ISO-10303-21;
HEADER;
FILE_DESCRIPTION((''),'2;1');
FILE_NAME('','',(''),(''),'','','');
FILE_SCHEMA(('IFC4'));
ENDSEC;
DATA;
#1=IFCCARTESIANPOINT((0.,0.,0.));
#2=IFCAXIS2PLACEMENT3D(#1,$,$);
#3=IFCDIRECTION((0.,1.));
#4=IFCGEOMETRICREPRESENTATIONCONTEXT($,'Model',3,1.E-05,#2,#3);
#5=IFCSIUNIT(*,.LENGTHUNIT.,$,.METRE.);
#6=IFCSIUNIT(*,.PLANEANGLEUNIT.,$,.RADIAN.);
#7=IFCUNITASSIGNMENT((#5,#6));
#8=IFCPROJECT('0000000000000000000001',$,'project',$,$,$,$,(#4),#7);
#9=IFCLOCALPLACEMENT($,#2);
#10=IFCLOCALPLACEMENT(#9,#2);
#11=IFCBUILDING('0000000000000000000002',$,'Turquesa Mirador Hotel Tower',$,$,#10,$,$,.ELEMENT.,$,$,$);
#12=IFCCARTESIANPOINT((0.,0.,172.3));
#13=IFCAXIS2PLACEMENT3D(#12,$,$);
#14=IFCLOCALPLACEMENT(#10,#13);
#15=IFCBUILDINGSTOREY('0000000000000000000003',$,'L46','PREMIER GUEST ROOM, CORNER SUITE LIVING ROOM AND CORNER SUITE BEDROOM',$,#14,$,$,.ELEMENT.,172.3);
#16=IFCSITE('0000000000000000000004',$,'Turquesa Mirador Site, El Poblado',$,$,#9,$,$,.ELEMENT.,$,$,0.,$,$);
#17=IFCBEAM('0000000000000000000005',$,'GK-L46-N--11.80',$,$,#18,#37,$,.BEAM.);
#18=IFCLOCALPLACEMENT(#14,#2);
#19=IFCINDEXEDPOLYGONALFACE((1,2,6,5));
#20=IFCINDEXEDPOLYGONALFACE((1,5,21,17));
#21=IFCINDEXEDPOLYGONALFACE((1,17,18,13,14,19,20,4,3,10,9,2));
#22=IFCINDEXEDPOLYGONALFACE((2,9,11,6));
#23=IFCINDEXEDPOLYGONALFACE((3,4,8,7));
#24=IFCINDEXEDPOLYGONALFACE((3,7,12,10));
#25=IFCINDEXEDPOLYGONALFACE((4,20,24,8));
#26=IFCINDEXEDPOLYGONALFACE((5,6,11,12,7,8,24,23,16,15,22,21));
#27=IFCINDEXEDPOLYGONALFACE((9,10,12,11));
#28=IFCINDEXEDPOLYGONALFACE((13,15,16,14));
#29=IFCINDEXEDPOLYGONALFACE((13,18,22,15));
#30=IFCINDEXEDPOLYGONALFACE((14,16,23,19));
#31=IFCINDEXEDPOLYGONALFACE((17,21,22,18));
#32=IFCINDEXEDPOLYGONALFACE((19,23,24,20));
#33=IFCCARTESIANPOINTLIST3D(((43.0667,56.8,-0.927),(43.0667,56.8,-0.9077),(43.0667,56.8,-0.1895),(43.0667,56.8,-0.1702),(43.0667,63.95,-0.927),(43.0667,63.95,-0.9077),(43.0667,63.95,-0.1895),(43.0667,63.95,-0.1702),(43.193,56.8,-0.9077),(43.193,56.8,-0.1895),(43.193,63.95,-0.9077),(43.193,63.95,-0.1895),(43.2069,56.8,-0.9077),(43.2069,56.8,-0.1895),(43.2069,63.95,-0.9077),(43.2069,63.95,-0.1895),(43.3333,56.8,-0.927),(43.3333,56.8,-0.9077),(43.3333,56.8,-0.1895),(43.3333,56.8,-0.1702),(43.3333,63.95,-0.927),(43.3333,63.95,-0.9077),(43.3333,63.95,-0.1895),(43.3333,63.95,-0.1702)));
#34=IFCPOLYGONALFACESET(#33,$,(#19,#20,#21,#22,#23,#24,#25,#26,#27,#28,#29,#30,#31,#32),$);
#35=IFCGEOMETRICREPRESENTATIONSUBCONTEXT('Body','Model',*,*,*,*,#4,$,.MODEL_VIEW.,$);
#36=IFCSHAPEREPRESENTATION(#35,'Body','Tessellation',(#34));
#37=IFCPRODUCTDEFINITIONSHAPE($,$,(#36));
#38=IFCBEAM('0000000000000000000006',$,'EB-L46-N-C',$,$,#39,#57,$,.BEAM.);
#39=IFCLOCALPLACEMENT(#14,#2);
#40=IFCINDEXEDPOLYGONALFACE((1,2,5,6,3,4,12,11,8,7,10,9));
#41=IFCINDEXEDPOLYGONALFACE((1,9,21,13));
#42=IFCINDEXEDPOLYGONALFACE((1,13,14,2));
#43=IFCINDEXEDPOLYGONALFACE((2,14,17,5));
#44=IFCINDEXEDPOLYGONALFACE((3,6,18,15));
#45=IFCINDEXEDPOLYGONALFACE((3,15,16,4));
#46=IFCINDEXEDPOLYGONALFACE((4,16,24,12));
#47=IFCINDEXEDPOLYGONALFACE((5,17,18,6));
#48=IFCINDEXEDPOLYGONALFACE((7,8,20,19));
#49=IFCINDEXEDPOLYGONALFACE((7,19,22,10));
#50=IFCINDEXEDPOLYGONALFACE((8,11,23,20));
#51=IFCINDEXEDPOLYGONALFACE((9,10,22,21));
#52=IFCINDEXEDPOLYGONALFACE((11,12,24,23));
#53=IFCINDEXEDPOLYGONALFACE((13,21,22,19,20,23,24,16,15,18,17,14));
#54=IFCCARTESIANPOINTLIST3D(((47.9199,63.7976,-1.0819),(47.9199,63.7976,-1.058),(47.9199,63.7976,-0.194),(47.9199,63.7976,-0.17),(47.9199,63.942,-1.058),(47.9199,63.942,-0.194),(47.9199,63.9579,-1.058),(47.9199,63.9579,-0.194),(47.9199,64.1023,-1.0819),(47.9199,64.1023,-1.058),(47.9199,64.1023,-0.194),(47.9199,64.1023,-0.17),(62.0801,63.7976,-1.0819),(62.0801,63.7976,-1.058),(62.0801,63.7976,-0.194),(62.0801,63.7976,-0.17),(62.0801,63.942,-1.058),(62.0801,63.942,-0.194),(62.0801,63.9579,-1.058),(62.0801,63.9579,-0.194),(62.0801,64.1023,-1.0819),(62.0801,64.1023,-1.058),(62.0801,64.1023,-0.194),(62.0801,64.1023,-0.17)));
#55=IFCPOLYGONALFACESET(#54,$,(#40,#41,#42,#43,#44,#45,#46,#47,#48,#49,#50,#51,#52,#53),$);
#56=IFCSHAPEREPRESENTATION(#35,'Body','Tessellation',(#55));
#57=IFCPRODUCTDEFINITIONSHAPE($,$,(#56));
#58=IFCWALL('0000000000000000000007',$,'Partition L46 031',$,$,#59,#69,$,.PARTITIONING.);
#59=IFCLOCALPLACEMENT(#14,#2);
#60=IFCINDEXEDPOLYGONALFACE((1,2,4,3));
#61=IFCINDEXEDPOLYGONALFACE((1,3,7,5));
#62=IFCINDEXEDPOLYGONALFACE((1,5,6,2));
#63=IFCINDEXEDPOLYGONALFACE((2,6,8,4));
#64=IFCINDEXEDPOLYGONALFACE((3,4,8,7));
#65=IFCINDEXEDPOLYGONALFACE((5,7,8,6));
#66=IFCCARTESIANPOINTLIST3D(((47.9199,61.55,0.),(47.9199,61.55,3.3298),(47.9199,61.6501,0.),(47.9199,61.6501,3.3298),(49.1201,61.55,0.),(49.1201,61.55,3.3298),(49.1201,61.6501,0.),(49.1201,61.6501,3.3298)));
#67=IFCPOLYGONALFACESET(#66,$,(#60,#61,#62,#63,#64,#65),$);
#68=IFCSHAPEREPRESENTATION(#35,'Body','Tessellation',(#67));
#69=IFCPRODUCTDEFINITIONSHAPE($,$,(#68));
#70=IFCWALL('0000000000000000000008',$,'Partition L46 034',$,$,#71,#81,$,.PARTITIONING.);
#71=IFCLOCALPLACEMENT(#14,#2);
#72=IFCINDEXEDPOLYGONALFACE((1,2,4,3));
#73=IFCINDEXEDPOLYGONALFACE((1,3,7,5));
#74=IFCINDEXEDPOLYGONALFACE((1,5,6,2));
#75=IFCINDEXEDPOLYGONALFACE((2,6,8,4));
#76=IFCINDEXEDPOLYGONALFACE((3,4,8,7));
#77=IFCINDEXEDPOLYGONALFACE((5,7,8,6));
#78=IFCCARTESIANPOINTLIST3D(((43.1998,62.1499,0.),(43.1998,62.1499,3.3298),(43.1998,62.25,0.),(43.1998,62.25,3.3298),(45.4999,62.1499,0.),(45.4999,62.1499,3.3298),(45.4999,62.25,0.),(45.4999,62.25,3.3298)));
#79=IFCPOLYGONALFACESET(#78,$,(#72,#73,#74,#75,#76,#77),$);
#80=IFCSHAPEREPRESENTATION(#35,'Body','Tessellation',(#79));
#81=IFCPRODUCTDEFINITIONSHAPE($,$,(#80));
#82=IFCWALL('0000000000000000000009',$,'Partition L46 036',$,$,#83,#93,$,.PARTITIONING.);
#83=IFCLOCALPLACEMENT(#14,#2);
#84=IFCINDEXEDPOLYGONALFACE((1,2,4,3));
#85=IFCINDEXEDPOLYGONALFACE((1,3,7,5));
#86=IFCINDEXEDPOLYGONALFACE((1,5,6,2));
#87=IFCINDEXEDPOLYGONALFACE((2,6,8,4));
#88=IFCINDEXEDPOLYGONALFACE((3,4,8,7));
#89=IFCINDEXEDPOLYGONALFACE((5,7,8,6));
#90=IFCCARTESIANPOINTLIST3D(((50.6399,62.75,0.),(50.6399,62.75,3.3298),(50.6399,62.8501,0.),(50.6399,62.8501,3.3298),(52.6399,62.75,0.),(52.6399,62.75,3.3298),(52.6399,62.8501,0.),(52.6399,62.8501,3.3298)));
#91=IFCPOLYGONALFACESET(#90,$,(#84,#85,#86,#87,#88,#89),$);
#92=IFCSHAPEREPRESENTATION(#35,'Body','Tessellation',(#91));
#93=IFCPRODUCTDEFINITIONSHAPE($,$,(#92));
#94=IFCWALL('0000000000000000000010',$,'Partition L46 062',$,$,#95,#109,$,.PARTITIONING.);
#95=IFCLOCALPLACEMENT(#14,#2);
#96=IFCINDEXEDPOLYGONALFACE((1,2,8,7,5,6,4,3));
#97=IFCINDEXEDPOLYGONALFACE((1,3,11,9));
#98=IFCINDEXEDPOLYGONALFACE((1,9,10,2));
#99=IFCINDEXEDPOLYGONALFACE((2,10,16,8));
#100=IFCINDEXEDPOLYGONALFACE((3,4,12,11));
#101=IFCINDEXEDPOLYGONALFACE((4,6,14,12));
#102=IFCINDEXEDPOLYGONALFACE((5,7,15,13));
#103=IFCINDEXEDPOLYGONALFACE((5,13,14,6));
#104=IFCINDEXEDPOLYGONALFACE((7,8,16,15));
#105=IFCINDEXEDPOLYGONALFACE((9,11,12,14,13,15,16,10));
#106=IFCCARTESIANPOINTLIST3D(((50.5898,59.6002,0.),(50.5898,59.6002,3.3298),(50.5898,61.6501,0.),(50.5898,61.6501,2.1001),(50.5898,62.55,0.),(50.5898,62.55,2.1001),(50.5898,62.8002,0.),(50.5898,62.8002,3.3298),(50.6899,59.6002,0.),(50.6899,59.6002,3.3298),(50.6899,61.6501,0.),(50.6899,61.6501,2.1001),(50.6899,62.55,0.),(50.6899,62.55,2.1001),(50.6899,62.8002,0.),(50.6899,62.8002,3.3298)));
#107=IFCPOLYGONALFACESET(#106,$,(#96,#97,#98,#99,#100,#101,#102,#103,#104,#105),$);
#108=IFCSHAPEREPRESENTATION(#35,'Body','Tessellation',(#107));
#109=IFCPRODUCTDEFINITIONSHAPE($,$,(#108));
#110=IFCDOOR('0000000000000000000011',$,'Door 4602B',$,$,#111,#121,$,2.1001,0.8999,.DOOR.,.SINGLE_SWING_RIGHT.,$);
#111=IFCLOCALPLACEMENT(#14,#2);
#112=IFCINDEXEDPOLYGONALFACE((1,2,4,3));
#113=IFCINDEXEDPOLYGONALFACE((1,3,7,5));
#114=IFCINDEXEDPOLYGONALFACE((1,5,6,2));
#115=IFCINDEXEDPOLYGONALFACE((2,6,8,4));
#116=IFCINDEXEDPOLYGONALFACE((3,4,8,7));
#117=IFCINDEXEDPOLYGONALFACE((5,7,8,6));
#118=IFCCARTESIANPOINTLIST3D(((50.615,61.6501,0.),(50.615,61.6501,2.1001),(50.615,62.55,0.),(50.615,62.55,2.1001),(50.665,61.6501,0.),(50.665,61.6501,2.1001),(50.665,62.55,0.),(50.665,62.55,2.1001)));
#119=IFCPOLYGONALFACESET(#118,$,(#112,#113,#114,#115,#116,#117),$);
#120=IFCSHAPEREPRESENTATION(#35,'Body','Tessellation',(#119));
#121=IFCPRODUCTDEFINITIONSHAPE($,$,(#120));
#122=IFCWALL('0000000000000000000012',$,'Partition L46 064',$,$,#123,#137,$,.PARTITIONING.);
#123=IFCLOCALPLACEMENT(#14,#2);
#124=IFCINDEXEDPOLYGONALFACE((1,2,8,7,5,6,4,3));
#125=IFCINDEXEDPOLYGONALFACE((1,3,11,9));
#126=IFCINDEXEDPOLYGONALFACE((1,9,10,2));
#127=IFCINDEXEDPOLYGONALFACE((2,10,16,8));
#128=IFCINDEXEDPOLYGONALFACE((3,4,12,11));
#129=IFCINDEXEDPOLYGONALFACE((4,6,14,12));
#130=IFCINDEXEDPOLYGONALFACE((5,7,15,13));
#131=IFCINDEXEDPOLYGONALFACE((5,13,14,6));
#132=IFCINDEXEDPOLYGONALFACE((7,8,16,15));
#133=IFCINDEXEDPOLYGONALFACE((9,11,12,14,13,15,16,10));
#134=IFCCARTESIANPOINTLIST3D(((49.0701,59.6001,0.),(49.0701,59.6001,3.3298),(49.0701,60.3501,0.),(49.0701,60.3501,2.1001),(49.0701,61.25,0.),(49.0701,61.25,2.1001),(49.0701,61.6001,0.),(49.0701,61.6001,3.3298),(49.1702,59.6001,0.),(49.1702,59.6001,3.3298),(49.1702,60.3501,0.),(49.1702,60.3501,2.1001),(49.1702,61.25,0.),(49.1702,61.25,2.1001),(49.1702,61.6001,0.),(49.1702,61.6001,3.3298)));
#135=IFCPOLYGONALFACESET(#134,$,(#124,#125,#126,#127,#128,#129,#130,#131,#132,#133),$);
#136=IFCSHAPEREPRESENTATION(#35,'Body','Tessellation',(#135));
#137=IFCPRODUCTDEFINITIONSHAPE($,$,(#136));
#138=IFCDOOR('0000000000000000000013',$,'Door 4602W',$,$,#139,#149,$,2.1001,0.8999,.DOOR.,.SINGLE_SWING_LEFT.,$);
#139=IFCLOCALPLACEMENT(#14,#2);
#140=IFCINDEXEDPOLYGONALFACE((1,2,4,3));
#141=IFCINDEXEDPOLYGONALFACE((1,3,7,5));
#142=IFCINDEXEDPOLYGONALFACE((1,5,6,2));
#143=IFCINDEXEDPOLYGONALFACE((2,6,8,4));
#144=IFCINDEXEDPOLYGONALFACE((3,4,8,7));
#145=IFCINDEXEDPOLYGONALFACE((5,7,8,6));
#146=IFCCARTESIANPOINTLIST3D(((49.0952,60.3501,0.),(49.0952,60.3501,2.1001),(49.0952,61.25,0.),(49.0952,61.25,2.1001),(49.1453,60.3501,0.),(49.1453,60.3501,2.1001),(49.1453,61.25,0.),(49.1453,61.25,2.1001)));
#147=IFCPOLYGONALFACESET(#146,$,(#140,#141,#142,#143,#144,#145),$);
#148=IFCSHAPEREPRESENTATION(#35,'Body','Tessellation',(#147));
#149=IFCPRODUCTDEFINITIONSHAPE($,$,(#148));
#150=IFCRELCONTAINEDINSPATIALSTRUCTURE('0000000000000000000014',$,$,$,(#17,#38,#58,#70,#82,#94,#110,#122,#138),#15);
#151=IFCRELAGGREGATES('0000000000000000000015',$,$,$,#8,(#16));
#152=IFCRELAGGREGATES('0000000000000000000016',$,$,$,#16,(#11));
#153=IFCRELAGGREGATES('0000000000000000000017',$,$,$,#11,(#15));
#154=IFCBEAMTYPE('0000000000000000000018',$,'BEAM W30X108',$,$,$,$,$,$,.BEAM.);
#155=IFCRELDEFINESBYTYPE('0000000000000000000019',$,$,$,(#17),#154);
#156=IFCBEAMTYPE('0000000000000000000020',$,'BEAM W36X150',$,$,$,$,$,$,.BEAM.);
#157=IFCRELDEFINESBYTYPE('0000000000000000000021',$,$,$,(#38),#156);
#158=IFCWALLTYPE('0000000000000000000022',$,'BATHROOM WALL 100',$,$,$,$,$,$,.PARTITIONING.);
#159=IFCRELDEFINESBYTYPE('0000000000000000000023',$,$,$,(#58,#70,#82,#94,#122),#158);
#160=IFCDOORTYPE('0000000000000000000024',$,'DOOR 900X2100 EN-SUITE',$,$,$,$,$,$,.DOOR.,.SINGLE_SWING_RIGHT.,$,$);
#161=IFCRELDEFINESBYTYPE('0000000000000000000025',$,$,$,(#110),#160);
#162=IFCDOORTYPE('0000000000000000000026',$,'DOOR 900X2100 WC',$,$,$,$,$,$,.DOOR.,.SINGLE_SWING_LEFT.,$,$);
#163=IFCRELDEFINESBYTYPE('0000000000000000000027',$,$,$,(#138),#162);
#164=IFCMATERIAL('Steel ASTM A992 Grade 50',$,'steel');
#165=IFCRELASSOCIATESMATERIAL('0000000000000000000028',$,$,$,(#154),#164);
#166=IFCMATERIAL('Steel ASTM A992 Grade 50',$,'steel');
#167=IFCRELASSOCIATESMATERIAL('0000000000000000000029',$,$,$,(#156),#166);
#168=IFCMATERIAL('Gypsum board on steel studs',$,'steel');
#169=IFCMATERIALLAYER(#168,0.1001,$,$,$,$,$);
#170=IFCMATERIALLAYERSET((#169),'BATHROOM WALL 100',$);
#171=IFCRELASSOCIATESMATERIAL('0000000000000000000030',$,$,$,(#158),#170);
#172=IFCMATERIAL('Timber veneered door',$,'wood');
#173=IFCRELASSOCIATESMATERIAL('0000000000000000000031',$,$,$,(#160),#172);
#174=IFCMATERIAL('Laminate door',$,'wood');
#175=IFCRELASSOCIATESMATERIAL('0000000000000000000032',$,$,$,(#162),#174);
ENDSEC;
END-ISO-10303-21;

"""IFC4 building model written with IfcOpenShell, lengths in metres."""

from ifc_helpers import new_model, si_unit, direction, frame, frame_2d, origin, origin_2d, place, context, subcontext, project, spatial, rectangle, i_section, extrude, material, layer, layer_set, material_profile, profile_set, type_object, element, fill, save


model = new_model("IFC4")

# Units and contexts
model_context = context("Model", 3, precision=1e-05, world=origin(), true_north=direction((0.0, 1.0)))
body_context = subcontext(model_context, "Body", "Model", "MODEL_VIEW")
ifc_project = project(units=[si_unit("LENGTHUNIT", "METRE"), si_unit("PLANEANGLEUNIT", "RADIAN")], contexts=[model_context])

# Site, building, storey
site_placement = place(None, origin())
site = spatial("IfcSite", under=ifc_project, at=site_placement, Name="Turquesa Mirador Site, El Poblado", CompositionType="ELEMENT", RefElevation=0.0)
building_placement = place(site_placement, origin())
building = spatial("IfcBuilding", under=site, at=building_placement, Name="Turquesa Mirador Hotel Tower", CompositionType="ELEMENT")
storey_placement = place(building_placement, frame((0.0, 0.0, 172.3)))
storey = spatial("IfcBuildingStorey", under=building, at=storey_placement, Name="L46", Description="PREMIER GUEST ROOM, CORNER SUITE LIVING ROOM AND CORNER SUITE BEDROOM", CompositionType="ELEMENT", Elevation=172.3)

# Beams
ifc_material_1 = material(Name="Steel ASTM A992 Grade 50", Category="steel")
ifc_material_profile_1 = material_profile(ifc_material_1, i_section(OverallWidth=0.2666, OverallDepth=0.7568, WebThickness=0.0139, FlangeThickness=0.0193, at=origin_2d()), Name="W30X108")
ifc_profile_set_1 = profile_set([ifc_material_profile_1], Name="Steel ASTM A992 Grade 50")
beam_type_1 = type_object("IfcBeamType", Name="BEAM W30X108", PredefinedType="BEAM", material=ifc_profile_set_1)
beam_1_placement = place(storey_placement, frame((43.2, 63.95, -0.5486), z_axis=(0.0, -1.0, 0.0), x_axis=(1.0, 0.0, 0.0)))
element("IfcBeam", 1, at=beam_1_placement, inside=storey, type_object=beam_type_1, Name="GK-L46-N--11.80", PredefinedType="BEAM", context=body_context, shape_type="SweptSolid", body=[
    extrude(i_section(OverallWidth=0.2666, OverallDepth=0.7568, WebThickness=0.0139, FlangeThickness=0.0193, at=origin_2d()), origin(), (0.0, 0.0, 1.0), 7.1499),
])
ifc_material_2 = material(Name="Steel ASTM A992 Grade 50", Category="steel")
ifc_material_profile_2 = material_profile(ifc_material_2, i_section(OverallWidth=0.3047, OverallDepth=0.9119, WebThickness=0.0159, FlangeThickness=0.0239, at=origin_2d()), Name="W36X150")
ifc_profile_set_2 = profile_set([ifc_material_profile_2], Name="Steel ASTM A992 Grade 50")
beam_type_2 = type_object("IfcBeamType", Name="BEAM W36X150", PredefinedType="BEAM", material=ifc_profile_set_2)
beam_2_placement = place(storey_placement, frame((47.9199, 63.95, -0.626), z_axis=(1.0, 0.0, 0.0), x_axis=(0.0, 1.0, 0.0)))
element("IfcBeam", 2, at=beam_2_placement, inside=storey, type_object=beam_type_2, Name="EB-L46-N-C", PredefinedType="BEAM", context=body_context, shape_type="SweptSolid", body=[
    extrude(i_section(OverallWidth=0.3047, OverallDepth=0.9119, WebThickness=0.0159, FlangeThickness=0.0239, at=origin_2d()), origin(), (0.0, 0.0, 1.0), 14.1602),
])

# Walls
ifc_material_3 = material(Name="Gypsum board on steel studs", Category="steel")
ifc_layer_1 = layer(ifc_material_3, 0.1001)
ifc_layer_set_1 = layer_set([ifc_layer_1], Name="BATHROOM WALL 100")
wall_type_1 = type_object("IfcWallType", Name="BATHROOM WALL 100", PredefinedType="PARTITIONING", material=ifc_layer_set_1)
wall_1_placement = place(storey_placement, frame((47.9199, 61.6001, 0.0), z_axis=(0.0, 0.0, 1.0), x_axis=(1.0, 0.0, 0.0)))
element("IfcWall", 3, at=wall_1_placement, inside=storey, type_object=wall_type_1, Name="Partition L46 031", PredefinedType="PARTITIONING", context=body_context, shape_type="SweptSolid", body=[
    extrude(rectangle(XDim=1.2002, YDim=0.1001, at=frame_2d((0.6001, 0.0))), origin(), (0.0, 0.0, 1.0), 3.3298),
])
wall_2_placement = place(storey_placement, frame((43.2, 62.2, 0.0), z_axis=(0.0, 0.0, 1.0), x_axis=(1.0, 0.0, 0.0)))
element("IfcWall", 4, at=wall_2_placement, inside=storey, type_object=wall_type_1, Name="Partition L46 034", PredefinedType="PARTITIONING", context=body_context, shape_type="SweptSolid", body=[
    extrude(rectangle(XDim=2.3, YDim=0.1001, at=frame_2d((1.1499, 0.0))), origin(), (0.0, 0.0, 1.0), 3.3298),
])
wall_3_placement = place(storey_placement, frame((50.6399, 62.8, 0.0), z_axis=(0.0, 0.0, 1.0), x_axis=(1.0, 0.0, 0.0)))
element("IfcWall", 5, at=wall_3_placement, inside=storey, type_object=wall_type_1, Name="Partition L46 036", PredefinedType="PARTITIONING", context=body_context, shape_type="SweptSolid", body=[
    extrude(rectangle(XDim=2.0, YDim=0.1001, at=frame_2d((1.0, 0.0))), origin(), (0.0, 0.0, 1.0), 3.3298),
])

# Walls, openings, doors
wall_4_placement = place(storey_placement, frame((50.6399, 59.6001, 0.0), z_axis=(0.0, 0.0, 1.0), x_axis=(0.0, 1.0, 0.0)))
wall_4 = element("IfcWall", 6, at=wall_4_placement, inside=storey, type_object=wall_type_1, Name="Partition L46 062", PredefinedType="PARTITIONING", context=body_context, shape_type="SweptSolid", body=[
    extrude(rectangle(XDim=3.2, YDim=0.1001, at=frame_2d((1.6001, 0.0))), origin(), (0.0, 0.0, 1.0), 3.3298),
])
opening_1_placement = place(wall_4_placement, frame((2.05, 0.0, 0.0)))
opening_1 = element("IfcOpeningElement", 7, at=opening_1_placement, cuts=wall_4, PredefinedType="OPENING", context=body_context, shape_type="SweptSolid", body=[
    extrude(rectangle(XDim=0.8999, YDim=2.1001, at=frame_2d((0.45, 1.05))), frame((0.0, 0.0601, 0.0), z_axis=(0.0, -1.0, 0.0), x_axis=(1.0, 0.0, 0.0)), (0.0, 0.0, 1.0), 0.1201),
])
ifc_material_4 = material(Name="Timber veneered door", Category="wood")
door_type_1 = type_object("IfcDoorType", Name="DOOR 900X2100 EN-SUITE", OperationType="SINGLE_SWING_RIGHT", PredefinedType="DOOR", material=ifc_material_4)
door_1_placement = place(opening_1_placement, origin())
door_1 = element("IfcDoor", 8, at=door_1_placement, inside=storey, type_object=door_type_1, Name="Door 4602B", OperationType="SINGLE_SWING_RIGHT", OverallHeight=2.1001, OverallWidth=0.8999, PredefinedType="DOOR", context=body_context, shape_type="SweptSolid", body=[
    extrude(rectangle(XDim=0.8999, YDim=2.1001, at=frame_2d((0.45, 1.05))), frame((0.0, 0.0249, 0.0), z_axis=(0.0, -1.0, 0.0), x_axis=(1.0, 0.0, 0.0)), (0.0, 0.0, 1.0), 0.05),
])
fill(opening_1, door_1)
wall_5_placement = place(storey_placement, frame((49.1201, 59.6001, 0.0), z_axis=(0.0, 0.0, 1.0), x_axis=(0.0, 1.0, 0.0)))
wall_5 = element("IfcWall", 9, at=wall_5_placement, inside=storey, type_object=wall_type_1, Name="Partition L46 064", PredefinedType="PARTITIONING", context=body_context, shape_type="SweptSolid", body=[
    extrude(rectangle(XDim=2.0, YDim=0.1001, at=frame_2d((1.0, 0.0))), origin(), (0.0, 0.0, 1.0), 3.3298),
])
opening_2_placement = place(wall_5_placement, frame((0.75, 0.0, 0.0)))
opening_2 = element("IfcOpeningElement", 10, at=opening_2_placement, cuts=wall_5, PredefinedType="OPENING", context=body_context, shape_type="SweptSolid", body=[
    extrude(rectangle(XDim=0.8999, YDim=2.1001, at=frame_2d((0.45, 1.05))), frame((0.0, 0.0601, 0.0), z_axis=(0.0, -1.0, 0.0), x_axis=(1.0, 0.0, 0.0)), (0.0, 0.0, 1.0), 0.1201),
])
ifc_material_5 = material(Name="Laminate door", Category="wood")
door_type_2 = type_object("IfcDoorType", Name="DOOR 900X2100 WC", OperationType="SINGLE_SWING_LEFT", PredefinedType="DOOR", material=ifc_material_5)
door_2_placement = place(opening_2_placement, origin())
door_2 = element("IfcDoor", 11, at=door_2_placement, inside=storey, type_object=door_type_2, Name="Door 4602W", OperationType="SINGLE_SWING_LEFT", OverallHeight=2.1001, OverallWidth=0.8999, PredefinedType="DOOR", context=body_context, shape_type="SweptSolid", body=[
    extrude(rectangle(XDim=0.8999, YDim=2.1001, at=frame_2d((0.45, 1.05))), frame((0.0, 0.0249, 0.0), z_axis=(0.0, -1.0, 0.0), x_axis=(1.0, 0.0, 0.0)), (0.0, 0.0, 1.0), 0.05),
])
fill(opening_2, door_2)

save(model, "model.ifc")
